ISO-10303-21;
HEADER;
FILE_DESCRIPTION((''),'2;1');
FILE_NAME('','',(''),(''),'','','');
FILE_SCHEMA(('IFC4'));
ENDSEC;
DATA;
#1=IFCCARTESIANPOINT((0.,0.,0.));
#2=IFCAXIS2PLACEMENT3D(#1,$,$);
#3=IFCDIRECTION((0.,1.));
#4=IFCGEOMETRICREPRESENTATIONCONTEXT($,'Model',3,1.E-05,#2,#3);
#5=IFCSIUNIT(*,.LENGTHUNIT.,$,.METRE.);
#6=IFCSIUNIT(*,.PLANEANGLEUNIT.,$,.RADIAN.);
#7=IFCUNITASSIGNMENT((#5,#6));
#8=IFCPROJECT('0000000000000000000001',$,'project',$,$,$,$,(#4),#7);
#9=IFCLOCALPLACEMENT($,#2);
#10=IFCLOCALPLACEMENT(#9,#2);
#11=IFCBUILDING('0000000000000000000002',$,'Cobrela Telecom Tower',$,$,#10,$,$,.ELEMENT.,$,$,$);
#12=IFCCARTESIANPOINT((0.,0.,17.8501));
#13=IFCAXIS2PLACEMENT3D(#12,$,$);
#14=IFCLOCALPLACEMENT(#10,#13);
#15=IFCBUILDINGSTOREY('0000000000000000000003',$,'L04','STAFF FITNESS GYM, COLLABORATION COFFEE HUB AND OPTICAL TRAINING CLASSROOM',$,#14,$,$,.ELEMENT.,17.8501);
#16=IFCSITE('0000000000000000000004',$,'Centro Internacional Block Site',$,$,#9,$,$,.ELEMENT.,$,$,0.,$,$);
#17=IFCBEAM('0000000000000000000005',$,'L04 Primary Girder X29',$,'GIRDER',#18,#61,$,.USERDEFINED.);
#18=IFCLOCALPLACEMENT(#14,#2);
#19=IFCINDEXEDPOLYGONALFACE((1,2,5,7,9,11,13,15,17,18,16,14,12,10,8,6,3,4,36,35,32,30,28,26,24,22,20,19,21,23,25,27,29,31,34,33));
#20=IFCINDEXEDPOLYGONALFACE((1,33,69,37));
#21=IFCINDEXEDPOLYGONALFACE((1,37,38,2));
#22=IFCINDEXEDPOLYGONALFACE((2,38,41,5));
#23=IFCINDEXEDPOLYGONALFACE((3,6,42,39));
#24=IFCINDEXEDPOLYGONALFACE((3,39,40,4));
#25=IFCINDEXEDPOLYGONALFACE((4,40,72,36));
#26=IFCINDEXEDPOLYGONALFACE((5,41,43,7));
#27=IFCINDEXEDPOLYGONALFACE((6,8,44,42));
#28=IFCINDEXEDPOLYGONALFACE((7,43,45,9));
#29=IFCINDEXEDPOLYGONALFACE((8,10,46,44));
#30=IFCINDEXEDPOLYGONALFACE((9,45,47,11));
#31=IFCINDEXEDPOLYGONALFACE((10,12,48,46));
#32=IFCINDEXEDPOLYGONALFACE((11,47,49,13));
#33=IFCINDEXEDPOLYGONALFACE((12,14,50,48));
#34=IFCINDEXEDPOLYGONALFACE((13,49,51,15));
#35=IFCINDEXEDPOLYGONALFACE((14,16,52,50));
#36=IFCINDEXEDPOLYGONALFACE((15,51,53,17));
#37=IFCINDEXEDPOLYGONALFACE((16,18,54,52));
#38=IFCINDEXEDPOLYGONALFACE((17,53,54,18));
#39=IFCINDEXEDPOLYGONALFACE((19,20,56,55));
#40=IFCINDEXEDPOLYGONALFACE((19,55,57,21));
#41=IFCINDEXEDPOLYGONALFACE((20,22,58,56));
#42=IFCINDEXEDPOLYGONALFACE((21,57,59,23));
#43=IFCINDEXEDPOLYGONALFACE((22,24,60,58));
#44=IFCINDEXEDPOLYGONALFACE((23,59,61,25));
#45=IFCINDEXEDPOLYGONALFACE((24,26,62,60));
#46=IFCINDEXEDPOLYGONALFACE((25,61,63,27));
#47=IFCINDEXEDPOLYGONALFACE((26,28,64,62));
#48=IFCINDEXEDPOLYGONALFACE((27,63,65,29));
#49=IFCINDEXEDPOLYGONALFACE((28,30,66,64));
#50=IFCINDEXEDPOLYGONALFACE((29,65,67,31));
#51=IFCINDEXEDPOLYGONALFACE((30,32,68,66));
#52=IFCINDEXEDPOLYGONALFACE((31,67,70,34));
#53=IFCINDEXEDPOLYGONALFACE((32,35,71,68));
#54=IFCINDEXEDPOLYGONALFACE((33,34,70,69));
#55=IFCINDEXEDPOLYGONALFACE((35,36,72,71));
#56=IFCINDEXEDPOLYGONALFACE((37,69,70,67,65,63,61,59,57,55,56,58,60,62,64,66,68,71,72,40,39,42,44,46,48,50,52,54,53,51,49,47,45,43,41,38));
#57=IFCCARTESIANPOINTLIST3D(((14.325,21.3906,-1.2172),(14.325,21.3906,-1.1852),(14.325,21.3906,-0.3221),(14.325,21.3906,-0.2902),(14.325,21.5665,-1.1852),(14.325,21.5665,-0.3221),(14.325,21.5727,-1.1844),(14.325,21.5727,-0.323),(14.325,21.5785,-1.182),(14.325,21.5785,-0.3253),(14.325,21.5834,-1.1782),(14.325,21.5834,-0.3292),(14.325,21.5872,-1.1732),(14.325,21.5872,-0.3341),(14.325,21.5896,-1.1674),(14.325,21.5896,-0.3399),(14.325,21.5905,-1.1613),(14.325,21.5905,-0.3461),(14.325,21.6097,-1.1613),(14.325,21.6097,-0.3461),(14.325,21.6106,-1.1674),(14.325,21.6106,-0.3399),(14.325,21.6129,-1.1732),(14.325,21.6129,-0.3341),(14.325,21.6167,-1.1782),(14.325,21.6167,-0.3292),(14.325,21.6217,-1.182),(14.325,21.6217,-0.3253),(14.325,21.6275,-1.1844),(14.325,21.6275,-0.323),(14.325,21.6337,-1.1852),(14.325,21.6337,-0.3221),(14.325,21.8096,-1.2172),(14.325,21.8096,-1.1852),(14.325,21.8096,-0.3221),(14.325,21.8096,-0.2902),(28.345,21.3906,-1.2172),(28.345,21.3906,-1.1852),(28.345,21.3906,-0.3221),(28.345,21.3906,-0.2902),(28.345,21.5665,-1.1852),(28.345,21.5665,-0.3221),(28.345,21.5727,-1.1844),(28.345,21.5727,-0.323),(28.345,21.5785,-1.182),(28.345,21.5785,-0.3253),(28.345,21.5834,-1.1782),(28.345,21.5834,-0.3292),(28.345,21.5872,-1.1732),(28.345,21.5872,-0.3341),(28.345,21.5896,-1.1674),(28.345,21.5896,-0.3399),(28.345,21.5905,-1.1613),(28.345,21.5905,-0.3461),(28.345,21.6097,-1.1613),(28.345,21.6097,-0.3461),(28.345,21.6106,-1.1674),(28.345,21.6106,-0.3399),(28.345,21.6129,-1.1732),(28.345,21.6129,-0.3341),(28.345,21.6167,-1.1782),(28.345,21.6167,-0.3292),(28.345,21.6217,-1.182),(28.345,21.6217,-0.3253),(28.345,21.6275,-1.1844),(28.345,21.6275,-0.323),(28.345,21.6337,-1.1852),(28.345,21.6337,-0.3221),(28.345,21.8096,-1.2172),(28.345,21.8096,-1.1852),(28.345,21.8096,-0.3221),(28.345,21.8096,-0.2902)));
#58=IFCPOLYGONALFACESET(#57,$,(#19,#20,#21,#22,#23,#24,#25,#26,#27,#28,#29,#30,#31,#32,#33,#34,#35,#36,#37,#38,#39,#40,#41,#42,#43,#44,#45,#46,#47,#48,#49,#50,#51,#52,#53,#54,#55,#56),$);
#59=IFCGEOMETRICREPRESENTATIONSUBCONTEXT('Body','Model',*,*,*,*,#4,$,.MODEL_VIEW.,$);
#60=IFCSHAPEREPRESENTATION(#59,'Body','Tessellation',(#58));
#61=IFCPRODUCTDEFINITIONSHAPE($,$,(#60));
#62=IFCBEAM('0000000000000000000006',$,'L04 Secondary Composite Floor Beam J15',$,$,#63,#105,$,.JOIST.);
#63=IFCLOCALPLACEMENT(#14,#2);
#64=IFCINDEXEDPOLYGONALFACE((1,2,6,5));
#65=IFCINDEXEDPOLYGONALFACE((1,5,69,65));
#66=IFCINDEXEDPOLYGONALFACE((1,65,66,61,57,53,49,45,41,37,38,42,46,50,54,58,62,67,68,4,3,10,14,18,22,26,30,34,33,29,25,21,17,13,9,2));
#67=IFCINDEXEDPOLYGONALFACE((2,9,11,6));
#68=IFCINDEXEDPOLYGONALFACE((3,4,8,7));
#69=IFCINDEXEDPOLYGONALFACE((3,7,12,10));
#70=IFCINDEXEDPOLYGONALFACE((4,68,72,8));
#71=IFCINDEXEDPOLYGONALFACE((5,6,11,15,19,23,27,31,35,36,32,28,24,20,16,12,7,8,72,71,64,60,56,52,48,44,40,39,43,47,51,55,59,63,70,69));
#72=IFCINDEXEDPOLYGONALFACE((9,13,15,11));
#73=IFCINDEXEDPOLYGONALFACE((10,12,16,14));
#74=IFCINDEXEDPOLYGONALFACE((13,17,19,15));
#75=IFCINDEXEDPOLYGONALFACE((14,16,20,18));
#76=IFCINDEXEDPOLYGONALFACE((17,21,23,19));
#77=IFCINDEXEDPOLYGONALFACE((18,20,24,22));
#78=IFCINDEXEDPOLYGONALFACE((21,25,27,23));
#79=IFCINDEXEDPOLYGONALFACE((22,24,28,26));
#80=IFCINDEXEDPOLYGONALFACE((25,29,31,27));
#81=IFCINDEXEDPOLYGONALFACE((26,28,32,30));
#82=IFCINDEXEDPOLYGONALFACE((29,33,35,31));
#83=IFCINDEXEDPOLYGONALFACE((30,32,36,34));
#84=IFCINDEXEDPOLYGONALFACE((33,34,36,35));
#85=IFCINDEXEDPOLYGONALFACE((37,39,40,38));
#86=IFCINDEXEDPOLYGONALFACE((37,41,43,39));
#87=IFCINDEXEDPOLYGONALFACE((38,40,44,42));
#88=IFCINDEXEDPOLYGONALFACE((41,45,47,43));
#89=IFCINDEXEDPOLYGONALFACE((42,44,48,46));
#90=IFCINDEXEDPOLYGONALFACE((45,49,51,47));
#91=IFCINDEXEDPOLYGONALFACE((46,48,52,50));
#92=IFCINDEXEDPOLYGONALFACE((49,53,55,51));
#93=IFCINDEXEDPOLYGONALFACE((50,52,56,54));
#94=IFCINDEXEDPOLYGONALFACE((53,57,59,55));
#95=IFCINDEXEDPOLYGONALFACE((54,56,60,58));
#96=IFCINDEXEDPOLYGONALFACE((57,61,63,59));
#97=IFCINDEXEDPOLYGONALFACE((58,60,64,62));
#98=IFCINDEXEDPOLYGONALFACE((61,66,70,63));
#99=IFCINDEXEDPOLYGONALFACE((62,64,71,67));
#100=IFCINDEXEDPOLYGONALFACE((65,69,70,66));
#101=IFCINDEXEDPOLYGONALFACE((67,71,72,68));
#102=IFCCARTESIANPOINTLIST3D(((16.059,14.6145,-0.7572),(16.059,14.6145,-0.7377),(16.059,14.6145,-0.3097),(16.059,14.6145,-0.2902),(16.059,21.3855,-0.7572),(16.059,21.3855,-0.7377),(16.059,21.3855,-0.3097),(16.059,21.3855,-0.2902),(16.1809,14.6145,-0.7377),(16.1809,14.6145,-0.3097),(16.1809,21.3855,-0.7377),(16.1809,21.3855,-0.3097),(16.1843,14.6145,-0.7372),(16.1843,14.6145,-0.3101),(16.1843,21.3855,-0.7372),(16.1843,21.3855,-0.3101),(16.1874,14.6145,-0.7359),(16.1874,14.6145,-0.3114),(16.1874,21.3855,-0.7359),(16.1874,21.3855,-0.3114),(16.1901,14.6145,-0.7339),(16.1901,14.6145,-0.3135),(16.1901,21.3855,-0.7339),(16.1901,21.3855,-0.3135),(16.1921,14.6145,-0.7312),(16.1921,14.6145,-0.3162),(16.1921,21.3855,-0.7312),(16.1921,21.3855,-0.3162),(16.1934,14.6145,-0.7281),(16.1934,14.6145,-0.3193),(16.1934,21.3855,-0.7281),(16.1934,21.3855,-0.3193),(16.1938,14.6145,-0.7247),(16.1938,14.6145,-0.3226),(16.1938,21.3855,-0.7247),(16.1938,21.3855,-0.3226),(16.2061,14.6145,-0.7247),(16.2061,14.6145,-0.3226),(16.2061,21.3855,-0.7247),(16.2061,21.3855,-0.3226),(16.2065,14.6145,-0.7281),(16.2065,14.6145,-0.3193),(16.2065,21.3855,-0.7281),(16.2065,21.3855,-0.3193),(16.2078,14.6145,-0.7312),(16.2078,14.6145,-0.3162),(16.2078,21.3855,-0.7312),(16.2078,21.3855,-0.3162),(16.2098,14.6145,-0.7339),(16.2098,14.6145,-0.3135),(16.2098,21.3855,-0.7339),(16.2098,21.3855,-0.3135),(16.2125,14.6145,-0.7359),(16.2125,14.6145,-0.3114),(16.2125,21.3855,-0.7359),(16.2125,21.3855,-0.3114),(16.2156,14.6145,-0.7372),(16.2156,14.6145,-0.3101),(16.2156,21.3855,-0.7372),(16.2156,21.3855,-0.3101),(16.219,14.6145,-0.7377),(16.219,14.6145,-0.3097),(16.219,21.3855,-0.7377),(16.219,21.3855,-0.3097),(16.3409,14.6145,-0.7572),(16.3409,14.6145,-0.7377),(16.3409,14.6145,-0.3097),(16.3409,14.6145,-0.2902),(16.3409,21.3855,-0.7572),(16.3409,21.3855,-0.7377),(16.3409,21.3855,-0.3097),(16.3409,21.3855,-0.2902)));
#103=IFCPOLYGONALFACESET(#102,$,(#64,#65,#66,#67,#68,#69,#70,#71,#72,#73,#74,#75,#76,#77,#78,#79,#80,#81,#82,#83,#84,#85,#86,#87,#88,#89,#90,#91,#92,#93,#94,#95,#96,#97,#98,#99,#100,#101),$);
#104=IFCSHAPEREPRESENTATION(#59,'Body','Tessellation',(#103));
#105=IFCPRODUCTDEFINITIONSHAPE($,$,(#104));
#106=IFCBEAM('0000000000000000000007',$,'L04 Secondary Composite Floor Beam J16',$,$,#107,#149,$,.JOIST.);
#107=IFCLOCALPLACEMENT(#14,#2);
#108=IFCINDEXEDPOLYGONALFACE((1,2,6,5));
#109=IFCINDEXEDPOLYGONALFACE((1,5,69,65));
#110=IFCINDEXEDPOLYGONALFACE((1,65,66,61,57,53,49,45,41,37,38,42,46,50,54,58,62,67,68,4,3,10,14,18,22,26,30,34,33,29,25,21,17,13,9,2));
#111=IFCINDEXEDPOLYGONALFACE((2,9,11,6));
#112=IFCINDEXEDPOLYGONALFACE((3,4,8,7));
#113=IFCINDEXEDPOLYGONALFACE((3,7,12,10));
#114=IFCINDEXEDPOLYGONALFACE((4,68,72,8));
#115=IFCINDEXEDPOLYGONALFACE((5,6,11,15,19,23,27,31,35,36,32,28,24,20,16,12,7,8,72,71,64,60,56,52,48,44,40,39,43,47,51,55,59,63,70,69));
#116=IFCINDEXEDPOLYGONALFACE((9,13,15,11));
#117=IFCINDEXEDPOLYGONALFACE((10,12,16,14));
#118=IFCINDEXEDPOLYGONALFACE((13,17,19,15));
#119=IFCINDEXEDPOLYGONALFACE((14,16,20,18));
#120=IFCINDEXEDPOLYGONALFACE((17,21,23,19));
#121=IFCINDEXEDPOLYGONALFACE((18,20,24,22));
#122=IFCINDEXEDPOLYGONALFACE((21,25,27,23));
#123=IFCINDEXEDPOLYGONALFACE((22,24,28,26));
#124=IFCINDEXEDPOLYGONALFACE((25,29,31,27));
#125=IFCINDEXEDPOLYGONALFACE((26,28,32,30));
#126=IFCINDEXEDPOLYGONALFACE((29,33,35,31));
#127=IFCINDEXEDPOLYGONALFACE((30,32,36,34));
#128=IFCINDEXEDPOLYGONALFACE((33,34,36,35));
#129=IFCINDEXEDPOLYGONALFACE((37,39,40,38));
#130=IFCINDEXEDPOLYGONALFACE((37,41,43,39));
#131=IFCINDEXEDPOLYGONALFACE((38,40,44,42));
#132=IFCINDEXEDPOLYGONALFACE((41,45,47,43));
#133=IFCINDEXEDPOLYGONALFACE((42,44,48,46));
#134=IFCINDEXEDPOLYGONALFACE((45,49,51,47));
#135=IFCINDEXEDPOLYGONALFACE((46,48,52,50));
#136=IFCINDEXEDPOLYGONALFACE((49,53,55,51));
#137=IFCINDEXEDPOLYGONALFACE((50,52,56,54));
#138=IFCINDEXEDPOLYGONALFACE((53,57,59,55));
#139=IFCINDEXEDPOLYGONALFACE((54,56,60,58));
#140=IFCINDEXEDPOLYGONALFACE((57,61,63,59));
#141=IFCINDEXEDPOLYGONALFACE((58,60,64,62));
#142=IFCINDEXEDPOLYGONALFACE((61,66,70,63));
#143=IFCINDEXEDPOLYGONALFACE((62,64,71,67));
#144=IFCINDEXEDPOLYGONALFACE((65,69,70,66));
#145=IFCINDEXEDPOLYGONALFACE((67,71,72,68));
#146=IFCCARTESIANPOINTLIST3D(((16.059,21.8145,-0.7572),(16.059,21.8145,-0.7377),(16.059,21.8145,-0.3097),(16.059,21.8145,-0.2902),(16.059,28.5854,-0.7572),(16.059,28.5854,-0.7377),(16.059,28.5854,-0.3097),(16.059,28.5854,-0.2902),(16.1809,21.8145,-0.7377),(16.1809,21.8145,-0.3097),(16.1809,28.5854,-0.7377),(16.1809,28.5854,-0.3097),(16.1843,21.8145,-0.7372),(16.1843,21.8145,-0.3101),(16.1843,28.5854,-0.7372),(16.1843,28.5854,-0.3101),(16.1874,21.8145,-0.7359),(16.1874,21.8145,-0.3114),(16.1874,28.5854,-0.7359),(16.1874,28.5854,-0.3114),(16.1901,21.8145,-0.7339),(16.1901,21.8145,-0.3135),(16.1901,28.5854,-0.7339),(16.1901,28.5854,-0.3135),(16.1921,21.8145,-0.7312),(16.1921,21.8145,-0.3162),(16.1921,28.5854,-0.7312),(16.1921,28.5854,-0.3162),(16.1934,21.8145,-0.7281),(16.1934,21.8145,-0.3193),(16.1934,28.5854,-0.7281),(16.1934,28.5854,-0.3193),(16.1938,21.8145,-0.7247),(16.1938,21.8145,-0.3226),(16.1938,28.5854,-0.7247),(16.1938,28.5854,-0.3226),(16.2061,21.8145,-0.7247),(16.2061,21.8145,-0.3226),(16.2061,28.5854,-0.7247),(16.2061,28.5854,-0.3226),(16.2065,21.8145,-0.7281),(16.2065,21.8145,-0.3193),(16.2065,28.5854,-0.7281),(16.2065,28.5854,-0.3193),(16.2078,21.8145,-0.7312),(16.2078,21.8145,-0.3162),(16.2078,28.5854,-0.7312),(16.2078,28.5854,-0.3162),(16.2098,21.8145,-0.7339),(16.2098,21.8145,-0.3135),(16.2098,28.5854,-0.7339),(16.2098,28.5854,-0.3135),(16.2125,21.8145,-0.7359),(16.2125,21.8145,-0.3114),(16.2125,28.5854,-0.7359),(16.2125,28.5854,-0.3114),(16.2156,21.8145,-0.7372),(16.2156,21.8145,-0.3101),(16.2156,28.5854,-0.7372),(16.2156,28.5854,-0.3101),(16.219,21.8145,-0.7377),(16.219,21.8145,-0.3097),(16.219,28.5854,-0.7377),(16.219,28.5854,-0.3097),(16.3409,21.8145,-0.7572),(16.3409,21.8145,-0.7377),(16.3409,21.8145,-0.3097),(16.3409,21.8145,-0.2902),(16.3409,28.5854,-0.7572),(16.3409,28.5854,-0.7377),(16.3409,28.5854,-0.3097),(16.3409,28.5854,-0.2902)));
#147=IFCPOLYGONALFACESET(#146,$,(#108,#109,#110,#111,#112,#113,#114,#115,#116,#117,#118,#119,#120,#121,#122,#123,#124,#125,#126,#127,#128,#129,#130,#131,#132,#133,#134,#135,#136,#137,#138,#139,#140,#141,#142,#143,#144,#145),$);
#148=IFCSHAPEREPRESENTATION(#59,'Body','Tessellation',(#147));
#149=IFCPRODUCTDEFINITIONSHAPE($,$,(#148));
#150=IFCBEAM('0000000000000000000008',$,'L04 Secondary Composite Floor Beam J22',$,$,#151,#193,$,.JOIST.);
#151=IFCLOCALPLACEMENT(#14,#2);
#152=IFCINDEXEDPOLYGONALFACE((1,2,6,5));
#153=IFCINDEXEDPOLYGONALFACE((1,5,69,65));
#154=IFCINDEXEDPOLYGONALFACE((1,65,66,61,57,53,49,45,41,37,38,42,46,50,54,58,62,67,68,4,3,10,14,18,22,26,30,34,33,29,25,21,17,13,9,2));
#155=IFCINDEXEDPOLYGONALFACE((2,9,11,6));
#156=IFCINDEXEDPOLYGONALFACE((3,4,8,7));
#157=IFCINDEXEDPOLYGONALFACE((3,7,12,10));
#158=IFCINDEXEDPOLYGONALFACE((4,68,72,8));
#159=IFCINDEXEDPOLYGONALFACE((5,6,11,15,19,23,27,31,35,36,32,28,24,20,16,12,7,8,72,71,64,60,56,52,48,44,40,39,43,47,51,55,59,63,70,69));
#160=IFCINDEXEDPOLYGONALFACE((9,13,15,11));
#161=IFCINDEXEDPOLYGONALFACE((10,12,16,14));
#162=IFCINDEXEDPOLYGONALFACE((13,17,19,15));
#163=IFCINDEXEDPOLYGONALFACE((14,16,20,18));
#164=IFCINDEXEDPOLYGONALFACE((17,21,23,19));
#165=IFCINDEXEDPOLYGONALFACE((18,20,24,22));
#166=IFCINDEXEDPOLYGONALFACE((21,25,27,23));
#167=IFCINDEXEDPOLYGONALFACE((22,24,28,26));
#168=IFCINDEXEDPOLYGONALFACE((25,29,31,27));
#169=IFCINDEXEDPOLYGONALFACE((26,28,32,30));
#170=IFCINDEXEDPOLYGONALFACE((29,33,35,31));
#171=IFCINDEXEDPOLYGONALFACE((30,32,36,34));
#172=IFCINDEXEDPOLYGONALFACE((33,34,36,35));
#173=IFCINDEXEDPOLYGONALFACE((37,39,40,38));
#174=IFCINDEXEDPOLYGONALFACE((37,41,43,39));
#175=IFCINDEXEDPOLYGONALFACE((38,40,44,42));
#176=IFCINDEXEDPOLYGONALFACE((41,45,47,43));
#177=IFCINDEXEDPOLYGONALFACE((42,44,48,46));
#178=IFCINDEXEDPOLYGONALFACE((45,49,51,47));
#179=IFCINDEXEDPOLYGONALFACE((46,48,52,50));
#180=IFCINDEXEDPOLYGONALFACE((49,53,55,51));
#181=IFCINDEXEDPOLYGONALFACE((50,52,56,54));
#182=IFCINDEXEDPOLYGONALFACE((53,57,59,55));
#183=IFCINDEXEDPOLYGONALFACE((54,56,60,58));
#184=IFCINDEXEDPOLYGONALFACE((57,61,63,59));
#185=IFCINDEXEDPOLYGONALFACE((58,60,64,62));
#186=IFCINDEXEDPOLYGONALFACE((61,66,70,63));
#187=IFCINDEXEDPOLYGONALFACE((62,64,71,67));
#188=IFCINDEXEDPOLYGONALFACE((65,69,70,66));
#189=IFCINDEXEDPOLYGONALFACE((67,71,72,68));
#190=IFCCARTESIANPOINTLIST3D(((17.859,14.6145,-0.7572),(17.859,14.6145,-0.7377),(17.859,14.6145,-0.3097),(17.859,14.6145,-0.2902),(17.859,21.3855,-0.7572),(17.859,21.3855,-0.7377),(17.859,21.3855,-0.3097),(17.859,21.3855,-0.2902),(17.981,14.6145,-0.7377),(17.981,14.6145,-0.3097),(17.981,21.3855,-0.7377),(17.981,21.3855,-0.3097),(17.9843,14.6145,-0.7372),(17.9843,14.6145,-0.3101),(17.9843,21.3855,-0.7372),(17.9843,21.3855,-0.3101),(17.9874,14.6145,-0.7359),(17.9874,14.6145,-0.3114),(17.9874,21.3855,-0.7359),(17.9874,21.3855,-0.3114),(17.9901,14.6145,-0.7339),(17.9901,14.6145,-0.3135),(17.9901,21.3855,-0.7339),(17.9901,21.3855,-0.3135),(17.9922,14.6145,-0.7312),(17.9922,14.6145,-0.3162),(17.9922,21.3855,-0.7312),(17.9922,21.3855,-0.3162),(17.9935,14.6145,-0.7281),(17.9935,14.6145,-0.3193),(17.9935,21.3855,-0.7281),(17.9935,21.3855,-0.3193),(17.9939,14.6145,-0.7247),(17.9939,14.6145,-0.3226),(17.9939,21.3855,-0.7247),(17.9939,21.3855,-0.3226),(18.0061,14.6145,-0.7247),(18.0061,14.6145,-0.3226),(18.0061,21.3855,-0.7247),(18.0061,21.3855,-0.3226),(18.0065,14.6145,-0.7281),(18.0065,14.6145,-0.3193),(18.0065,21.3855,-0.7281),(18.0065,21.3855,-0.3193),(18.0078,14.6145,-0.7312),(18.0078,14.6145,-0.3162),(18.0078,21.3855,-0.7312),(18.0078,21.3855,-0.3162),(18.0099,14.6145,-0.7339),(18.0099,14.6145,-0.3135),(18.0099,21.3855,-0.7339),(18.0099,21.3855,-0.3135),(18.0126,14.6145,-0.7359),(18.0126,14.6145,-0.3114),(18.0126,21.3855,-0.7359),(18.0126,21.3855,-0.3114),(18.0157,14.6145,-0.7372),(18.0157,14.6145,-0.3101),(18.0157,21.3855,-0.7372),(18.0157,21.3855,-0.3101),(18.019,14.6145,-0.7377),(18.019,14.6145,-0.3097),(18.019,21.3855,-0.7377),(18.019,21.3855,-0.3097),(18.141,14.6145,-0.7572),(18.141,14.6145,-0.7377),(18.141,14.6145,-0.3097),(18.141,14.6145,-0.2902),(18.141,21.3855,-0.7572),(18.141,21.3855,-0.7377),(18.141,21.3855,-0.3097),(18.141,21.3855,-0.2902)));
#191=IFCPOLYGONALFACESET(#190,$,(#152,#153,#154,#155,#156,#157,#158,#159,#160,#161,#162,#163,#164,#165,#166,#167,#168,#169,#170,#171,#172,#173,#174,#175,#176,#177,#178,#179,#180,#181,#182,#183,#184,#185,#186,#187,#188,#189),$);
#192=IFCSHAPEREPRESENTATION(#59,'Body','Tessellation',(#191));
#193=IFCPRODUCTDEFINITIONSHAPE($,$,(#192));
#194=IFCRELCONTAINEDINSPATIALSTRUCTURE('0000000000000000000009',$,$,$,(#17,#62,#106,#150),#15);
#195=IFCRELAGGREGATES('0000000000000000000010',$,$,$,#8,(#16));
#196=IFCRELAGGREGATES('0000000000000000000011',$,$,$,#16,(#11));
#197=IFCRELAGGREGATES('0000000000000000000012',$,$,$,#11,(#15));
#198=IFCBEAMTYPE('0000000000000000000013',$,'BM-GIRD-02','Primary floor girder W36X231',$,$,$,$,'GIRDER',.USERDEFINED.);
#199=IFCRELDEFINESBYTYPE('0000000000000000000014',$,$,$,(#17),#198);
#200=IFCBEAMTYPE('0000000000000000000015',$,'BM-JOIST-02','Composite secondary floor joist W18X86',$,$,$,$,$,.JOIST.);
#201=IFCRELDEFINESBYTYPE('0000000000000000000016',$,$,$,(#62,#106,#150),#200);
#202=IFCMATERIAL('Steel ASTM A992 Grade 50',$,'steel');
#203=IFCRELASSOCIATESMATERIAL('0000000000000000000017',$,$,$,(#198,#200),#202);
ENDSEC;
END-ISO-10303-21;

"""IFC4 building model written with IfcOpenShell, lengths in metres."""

from ifc_helpers import new_model, si_unit, direction, frame, origin, origin_2d, place, context, subcontext, project, spatial, i_section, extrude, material, material_profile, profile_set, type_object, element, save


model = new_model("IFC4")

# Units and contexts
model_context = context("Model", 3, precision=1e-05, world=origin(), true_north=direction((0.0, 1.0)))
body_context = subcontext(model_context, "Body", "Model", "MODEL_VIEW")
ifc_project = project(units=[si_unit("LENGTHUNIT", "METRE"), si_unit("PLANEANGLEUNIT", "RADIAN")], contexts=[model_context])

# Site, building, storey
site_placement = place(None, origin())
site = spatial("IfcSite", under=ifc_project, at=site_placement, Name="Centro Internacional Block Site", CompositionType="ELEMENT", RefElevation=0.0)
building_placement = place(site_placement, origin())
building = spatial("IfcBuilding", under=site, at=building_placement, Name="Cobrela Telecom Tower", CompositionType="ELEMENT")
storey_placement = place(building_placement, frame((0.0, 0.0, 17.8501)))
storey = spatial("IfcBuildingStorey", under=building, at=storey_placement, Name="L04", Description="STAFF FITNESS GYM, COLLABORATION COFFEE HUB AND OPTICAL TRAINING CLASSROOM", CompositionType="ELEMENT", Elevation=17.8501)

# Beams
ifc_material_1 = material(Name="Steel ASTM A992 Grade 50", Category="steel")
ifc_material_profile_1 = material_profile(ifc_material_1, i_section(OverallWidth=0.4189, OverallDepth=0.927, WebThickness=0.0193, FlangeThickness=0.032, FilletRadius=0.0239, at=origin_2d()), Name="W36X231")
ifc_profile_set_1 = profile_set([ifc_material_profile_1], Name="Steel ASTM A992 Grade 50")
beam_type_1 = type_object("IfcBeamType", Name="BM-GIRD-02", Description="Primary floor girder W36X231", ElementType="GIRDER", PredefinedType="USERDEFINED", material=ifc_profile_set_1)
beam_placement = place(storey_placement, frame((14.325, 21.6001, -0.7537), z_axis=(1.0, 0.0, 0.0), x_axis=(0.0, 1.0, 0.0)))
element("IfcBeam", 1, at=beam_placement, inside=storey, type_object=beam_type_1, Name="L04 Primary Girder X29", ObjectType="GIRDER", PredefinedType="USERDEFINED", context=body_context, shape_type="SweptSolid", body=[
    extrude(i_section(OverallWidth=0.4189, OverallDepth=0.927, WebThickness=0.0193, FlangeThickness=0.032, FilletRadius=0.0239, at=origin_2d()), origin(), (0.0, 0.0, 1.0), 14.02),
])
ifc_material_profile_2 = material_profile(ifc_material_1, i_section(OverallWidth=0.282, OverallDepth=0.467, WebThickness=0.0122, FlangeThickness=0.0195, FilletRadius=0.0129, at=origin_2d()), Name="W18X86")
ifc_profile_set_2 = profile_set([ifc_material_profile_2], Name="Steel ASTM A992 Grade 50")
beam_type_2 = type_object("IfcBeamType", Name="BM-JOIST-02", Description="Composite secondary floor joist W18X86", PredefinedType="JOIST", material=ifc_profile_set_2)
for number, where, z_axis, x_axis, name in (
    (2, (16.2, 14.6145, -0.5237), (0.0, 1.0, 0.0), (-1.0, 0.0, 0.0), "L04 Secondary Composite Floor Beam J15"),
    (3, (16.2, 21.8145, -0.5237), (0.0, 1.0, 0.0), (-1.0, 0.0, 0.0), "L04 Secondary Composite Floor Beam J16"),
    (4, (18.0, 14.6145, -0.5237), (0.0, 1.0, 0.0), (-1.0, 0.0, 0.0), "L04 Secondary Composite Floor Beam J22"),
):
    element("IfcBeam", number, at=place(storey_placement, frame(where, z_axis=z_axis, x_axis=x_axis)), inside=storey, type_object=beam_type_2, Name=name, PredefinedType="JOIST", context=body_context, shape_type="SweptSolid", body=[
        extrude(i_section(OverallWidth=0.282, OverallDepth=0.467, WebThickness=0.0122, FlangeThickness=0.0195, FilletRadius=0.0129, at=origin_2d()), origin(), (0.0, 0.0, 1.0), 6.771),
    ])

save(model, "model.ifc")
